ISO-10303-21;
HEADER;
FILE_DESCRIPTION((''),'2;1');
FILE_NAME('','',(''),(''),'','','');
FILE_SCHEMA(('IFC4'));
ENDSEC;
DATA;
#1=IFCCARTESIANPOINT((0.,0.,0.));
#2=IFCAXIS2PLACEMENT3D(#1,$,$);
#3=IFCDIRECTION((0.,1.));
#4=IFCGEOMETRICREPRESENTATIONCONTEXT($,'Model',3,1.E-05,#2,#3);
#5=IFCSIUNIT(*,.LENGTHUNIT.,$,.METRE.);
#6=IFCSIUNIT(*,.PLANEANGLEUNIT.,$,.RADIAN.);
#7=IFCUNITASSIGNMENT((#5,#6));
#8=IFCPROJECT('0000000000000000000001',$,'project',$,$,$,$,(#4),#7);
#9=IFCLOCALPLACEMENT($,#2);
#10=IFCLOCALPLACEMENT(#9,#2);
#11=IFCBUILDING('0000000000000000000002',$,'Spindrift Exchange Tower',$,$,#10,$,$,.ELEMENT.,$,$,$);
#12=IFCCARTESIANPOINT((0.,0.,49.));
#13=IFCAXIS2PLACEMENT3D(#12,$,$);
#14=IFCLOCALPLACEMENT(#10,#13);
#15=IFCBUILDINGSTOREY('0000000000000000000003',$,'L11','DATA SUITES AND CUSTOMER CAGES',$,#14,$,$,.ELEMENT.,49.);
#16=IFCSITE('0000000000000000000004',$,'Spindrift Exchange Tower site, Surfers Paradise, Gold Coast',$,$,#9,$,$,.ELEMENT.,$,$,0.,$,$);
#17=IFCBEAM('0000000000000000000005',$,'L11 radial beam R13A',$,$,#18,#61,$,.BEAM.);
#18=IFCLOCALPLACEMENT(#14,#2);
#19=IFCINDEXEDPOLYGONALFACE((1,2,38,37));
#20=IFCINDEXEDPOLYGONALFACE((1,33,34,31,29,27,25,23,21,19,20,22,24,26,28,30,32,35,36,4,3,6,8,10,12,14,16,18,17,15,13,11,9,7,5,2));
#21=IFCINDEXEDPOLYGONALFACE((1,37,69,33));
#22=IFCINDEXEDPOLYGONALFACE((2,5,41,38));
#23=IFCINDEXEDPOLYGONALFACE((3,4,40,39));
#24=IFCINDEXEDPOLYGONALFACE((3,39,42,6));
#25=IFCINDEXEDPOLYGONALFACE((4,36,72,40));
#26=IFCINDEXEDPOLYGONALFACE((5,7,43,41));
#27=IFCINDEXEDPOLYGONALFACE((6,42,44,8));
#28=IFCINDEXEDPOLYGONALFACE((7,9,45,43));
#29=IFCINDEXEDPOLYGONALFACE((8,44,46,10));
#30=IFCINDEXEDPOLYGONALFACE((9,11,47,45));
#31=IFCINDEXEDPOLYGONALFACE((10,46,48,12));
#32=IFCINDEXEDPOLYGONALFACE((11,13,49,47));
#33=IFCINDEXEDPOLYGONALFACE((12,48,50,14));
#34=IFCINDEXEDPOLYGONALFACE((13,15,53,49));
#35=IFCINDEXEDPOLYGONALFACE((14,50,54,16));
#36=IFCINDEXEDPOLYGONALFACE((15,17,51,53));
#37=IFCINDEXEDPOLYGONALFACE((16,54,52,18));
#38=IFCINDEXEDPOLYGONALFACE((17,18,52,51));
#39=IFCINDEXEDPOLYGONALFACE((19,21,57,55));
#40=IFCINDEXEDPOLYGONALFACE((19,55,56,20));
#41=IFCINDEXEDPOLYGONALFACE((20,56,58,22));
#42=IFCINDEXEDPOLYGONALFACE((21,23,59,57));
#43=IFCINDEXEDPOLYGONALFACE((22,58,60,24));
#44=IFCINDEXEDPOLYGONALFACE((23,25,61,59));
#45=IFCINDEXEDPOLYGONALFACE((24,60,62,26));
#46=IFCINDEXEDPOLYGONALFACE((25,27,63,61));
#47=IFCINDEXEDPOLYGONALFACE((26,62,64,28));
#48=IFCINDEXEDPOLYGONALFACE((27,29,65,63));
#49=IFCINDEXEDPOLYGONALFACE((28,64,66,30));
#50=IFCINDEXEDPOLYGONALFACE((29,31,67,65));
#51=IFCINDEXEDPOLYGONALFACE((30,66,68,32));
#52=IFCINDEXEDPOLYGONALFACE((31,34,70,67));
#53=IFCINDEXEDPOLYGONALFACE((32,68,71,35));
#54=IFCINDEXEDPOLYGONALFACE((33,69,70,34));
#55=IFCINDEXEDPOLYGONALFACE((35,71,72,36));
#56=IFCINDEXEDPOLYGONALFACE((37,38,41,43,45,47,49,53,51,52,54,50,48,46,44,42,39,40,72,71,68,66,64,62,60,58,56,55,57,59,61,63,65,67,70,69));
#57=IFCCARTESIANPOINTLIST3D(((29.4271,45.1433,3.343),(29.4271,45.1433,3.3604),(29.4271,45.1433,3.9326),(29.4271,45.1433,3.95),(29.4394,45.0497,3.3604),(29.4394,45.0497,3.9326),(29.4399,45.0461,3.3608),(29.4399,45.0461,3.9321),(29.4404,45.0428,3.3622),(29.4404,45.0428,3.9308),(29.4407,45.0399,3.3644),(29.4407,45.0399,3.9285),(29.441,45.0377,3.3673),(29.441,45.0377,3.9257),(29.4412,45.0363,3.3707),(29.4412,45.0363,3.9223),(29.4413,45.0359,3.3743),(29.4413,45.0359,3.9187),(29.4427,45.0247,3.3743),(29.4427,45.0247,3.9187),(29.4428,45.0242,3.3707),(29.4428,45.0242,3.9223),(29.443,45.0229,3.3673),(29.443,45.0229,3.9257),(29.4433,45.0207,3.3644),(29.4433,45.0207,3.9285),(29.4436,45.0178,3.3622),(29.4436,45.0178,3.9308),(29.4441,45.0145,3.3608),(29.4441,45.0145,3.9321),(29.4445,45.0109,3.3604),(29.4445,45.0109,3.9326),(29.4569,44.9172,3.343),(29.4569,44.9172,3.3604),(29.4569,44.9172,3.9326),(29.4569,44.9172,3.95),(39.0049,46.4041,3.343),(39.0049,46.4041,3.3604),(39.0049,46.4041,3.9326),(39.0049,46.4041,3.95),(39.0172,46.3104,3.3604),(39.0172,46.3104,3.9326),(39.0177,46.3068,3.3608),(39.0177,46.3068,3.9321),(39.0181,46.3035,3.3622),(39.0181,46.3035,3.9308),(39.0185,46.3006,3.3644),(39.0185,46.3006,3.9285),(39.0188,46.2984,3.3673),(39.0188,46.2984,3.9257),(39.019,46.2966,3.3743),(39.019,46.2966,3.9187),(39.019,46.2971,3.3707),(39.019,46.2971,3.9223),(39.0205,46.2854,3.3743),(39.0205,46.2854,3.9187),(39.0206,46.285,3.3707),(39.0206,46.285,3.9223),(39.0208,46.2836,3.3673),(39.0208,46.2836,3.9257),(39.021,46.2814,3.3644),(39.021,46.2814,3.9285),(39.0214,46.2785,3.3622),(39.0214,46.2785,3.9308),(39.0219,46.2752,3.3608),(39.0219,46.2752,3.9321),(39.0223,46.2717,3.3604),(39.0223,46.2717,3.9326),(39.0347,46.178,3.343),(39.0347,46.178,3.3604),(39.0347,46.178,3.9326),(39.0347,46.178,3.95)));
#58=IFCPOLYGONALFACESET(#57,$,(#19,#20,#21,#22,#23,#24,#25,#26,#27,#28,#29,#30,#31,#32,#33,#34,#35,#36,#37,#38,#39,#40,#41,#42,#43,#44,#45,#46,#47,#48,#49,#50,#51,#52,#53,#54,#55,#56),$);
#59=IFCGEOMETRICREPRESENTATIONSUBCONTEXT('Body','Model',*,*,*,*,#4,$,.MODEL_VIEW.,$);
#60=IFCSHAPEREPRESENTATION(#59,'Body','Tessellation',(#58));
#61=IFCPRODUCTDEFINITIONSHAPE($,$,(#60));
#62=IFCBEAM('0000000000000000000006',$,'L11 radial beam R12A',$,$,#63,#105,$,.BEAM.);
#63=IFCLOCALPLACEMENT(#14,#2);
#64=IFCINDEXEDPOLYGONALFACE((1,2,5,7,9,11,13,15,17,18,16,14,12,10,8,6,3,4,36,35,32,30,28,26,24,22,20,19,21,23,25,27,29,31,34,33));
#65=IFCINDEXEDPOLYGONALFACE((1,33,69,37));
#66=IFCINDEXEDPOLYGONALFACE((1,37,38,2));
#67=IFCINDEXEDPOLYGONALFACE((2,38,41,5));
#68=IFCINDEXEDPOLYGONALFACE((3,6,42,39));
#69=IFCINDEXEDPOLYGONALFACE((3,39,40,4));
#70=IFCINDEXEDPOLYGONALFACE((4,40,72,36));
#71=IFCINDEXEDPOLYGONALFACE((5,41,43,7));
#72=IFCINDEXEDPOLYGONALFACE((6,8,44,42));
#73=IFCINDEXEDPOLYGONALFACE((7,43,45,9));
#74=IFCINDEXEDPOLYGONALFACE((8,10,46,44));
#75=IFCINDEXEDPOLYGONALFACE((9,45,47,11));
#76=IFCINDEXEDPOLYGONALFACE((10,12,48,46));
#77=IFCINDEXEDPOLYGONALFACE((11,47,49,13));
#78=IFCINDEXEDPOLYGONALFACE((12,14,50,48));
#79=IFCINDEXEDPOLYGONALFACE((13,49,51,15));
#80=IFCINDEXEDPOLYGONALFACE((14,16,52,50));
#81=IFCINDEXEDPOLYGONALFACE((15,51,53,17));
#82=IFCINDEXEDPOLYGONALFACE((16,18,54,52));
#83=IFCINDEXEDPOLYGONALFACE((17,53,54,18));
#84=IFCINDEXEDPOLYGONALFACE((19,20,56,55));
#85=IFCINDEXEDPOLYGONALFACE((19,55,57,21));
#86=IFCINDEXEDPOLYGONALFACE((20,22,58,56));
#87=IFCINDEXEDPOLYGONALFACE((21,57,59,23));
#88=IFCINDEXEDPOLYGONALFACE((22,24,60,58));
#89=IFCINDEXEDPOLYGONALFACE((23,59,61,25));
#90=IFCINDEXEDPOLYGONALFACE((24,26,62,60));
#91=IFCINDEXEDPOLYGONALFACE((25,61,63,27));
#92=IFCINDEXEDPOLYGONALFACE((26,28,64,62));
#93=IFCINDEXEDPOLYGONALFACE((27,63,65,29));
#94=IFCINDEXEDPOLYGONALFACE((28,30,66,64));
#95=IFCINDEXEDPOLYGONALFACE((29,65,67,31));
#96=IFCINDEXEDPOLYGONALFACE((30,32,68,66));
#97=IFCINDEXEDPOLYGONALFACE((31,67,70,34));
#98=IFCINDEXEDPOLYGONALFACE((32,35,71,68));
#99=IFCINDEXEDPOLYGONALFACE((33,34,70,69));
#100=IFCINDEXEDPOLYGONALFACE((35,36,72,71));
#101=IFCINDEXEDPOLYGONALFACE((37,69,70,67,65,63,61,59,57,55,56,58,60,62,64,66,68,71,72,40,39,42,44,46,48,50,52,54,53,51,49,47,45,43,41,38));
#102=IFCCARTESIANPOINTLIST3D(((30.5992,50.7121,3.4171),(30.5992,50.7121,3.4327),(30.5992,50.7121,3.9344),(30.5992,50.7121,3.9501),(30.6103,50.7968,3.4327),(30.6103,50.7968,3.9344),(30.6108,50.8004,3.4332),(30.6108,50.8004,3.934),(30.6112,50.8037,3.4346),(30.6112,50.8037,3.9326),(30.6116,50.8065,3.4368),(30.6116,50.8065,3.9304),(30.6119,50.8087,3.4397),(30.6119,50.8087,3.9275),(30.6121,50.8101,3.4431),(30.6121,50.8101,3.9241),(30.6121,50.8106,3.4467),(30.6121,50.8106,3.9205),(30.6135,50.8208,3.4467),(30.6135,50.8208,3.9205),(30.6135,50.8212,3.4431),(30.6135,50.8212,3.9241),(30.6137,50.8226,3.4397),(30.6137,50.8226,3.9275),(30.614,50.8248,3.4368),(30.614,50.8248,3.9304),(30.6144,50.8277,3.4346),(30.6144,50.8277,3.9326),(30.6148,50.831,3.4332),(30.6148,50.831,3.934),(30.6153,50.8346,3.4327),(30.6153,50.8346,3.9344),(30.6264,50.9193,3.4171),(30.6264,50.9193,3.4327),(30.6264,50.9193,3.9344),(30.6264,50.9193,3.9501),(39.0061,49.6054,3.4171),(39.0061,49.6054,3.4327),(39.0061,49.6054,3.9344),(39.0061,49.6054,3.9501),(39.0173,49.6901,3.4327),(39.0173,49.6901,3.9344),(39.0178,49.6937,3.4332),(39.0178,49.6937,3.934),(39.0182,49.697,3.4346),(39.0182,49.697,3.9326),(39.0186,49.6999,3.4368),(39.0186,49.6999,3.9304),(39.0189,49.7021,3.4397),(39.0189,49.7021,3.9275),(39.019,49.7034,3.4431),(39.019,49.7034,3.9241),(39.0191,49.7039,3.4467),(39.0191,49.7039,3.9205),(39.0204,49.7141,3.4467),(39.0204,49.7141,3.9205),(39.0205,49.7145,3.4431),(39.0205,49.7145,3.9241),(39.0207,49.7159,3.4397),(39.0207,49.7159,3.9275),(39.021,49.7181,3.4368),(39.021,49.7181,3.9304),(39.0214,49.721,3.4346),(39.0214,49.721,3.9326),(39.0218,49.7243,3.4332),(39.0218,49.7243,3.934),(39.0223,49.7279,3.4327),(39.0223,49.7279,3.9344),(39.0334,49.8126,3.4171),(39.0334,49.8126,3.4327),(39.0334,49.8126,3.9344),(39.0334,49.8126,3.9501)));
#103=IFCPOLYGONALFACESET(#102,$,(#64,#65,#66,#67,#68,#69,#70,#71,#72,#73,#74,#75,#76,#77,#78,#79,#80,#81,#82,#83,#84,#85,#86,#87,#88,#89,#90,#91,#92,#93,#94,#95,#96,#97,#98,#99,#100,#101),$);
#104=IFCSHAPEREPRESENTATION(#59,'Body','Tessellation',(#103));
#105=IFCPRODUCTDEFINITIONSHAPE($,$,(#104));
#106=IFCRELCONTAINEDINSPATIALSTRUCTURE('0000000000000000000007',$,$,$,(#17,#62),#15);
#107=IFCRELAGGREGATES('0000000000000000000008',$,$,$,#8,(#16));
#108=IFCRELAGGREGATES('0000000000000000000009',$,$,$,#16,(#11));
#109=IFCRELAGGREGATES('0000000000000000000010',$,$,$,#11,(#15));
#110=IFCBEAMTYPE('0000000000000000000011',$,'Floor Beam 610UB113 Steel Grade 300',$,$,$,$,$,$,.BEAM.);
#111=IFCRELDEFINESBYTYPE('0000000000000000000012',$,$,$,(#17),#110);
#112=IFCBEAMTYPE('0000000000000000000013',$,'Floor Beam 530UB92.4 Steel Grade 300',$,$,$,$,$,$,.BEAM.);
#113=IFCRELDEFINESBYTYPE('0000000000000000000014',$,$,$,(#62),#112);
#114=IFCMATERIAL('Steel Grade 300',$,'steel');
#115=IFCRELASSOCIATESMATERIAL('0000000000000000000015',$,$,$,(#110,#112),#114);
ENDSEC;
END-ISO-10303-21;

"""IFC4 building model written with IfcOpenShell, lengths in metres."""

from ifc_helpers import new_model, si_unit, direction, frame, origin, origin_2d, place, context, subcontext, project, spatial, i_section, extrude, source, transform, mapped, material, material_profile, profile_set, type_object, element, save


model = new_model("IFC4")

# Units and contexts
model_context = context("Model", 3, precision=1e-05, world=origin(), true_north=direction((0.0, 1.0)))
body_context = subcontext(model_context, "Body", "Model", "MODEL_VIEW")
ifc_project = project(units=[si_unit("LENGTHUNIT", "METRE"), si_unit("PLANEANGLEUNIT", "RADIAN")], contexts=[model_context])

# Site, building, storey
site_placement = place(None, origin())
site = spatial("IfcSite", under=ifc_project, at=site_placement, Name="Spindrift Exchange Tower site, Surfers Paradise, Gold Coast", CompositionType="ELEMENT", RefElevation=0.0)
building_placement = place(site_placement, origin())
building = spatial("IfcBuilding", under=site, at=building_placement, Name="Spindrift Exchange Tower", CompositionType="ELEMENT")
storey_placement = place(building_placement, frame((0.0, 0.0, 49.0)))
storey = spatial("IfcBuildingStorey", under=building, at=storey_placement, Name="L11", Description="DATA SUITES AND CUSTOMER CAGES", CompositionType="ELEMENT", Elevation=49.0)

# Beams
ifc_material_1 = material(Name="Steel Grade 300", Category="steel")
ifc_material_profile_1 = material_profile(ifc_material_1, i_section(OverallWidth=0.228, OverallDepth=0.6069, WebThickness=0.0112, FlangeThickness=0.0173, FilletRadius=0.0139, at=origin_2d()), Name="610UB113")
ifc_profile_set_1 = profile_set([ifc_material_profile_1], Name="Steel Grade 300")
beam_type_1 = type_object("IfcBeamType", Name="Floor Beam 610UB113 Steel Grade 300", PredefinedType="BEAM", material=ifc_profile_set_1)
shared_shape_1 = source(origin(), body_context, "Body", "SweptSolid", [
    extrude(i_section(OverallWidth=0.228, OverallDepth=0.6069, WebThickness=0.0112, FlangeThickness=0.0173, FilletRadius=0.0139, at=origin_2d()), origin(), (0.0, 0.0, 1.0), 9.6604),
])
beam_1_placement = place(storey_placement, frame((39.0198, 46.291, 3.6465), z_axis=(-0.991448, -0.130505, 0.0), x_axis=(0.130505, -0.991448, 0.0)))
element("IfcBeam", 1, at=beam_1_placement, inside=storey, type_object=beam_type_1, Name="L11 radial beam R13A", PredefinedType="BEAM", context=body_context, shape_type="MappedRepresentation", body=[
    mapped(shared_shape_1, transform((0.0, 0.0, 0.0), scale=1.0)),
])
ifc_material_profile_2 = material_profile(ifc_material_1, i_section(OverallWidth=0.209, OverallDepth=0.533, WebThickness=0.0103, FlangeThickness=0.0156, FilletRadius=0.0139, at=origin_2d()), Name="530UB92.4")
ifc_profile_set_2 = profile_set([ifc_material_profile_2], Name="Steel Grade 300")
beam_type_2 = type_object("IfcBeamType", Name="Floor Beam 530UB92.4 Steel Grade 300", PredefinedType="BEAM", material=ifc_profile_set_2)
shared_shape_2 = source(origin(), body_context, "Body", "SweptSolid", [
    extrude(i_section(OverallWidth=0.209, OverallDepth=0.533, WebThickness=0.0103, FlangeThickness=0.0156, FilletRadius=0.0139, at=origin_2d()), origin(), (0.0, 0.0, 1.0), 8.4795),
])
beam_2_placement = place(storey_placement, frame((39.0198, 49.709, 3.6836), z_axis=(-0.991447, 0.130513, 0.0), x_axis=(-0.130513, -0.991447, 0.0)))
element("IfcBeam", 2, at=beam_2_placement, inside=storey, type_object=beam_type_2, Name="L11 radial beam R12A", PredefinedType="BEAM", context=body_context, shape_type="MappedRepresentation", body=[
    mapped(shared_shape_2, transform((0.0, 0.0, 0.0), scale=1.0)),
])

save(model, "model.ifc")
